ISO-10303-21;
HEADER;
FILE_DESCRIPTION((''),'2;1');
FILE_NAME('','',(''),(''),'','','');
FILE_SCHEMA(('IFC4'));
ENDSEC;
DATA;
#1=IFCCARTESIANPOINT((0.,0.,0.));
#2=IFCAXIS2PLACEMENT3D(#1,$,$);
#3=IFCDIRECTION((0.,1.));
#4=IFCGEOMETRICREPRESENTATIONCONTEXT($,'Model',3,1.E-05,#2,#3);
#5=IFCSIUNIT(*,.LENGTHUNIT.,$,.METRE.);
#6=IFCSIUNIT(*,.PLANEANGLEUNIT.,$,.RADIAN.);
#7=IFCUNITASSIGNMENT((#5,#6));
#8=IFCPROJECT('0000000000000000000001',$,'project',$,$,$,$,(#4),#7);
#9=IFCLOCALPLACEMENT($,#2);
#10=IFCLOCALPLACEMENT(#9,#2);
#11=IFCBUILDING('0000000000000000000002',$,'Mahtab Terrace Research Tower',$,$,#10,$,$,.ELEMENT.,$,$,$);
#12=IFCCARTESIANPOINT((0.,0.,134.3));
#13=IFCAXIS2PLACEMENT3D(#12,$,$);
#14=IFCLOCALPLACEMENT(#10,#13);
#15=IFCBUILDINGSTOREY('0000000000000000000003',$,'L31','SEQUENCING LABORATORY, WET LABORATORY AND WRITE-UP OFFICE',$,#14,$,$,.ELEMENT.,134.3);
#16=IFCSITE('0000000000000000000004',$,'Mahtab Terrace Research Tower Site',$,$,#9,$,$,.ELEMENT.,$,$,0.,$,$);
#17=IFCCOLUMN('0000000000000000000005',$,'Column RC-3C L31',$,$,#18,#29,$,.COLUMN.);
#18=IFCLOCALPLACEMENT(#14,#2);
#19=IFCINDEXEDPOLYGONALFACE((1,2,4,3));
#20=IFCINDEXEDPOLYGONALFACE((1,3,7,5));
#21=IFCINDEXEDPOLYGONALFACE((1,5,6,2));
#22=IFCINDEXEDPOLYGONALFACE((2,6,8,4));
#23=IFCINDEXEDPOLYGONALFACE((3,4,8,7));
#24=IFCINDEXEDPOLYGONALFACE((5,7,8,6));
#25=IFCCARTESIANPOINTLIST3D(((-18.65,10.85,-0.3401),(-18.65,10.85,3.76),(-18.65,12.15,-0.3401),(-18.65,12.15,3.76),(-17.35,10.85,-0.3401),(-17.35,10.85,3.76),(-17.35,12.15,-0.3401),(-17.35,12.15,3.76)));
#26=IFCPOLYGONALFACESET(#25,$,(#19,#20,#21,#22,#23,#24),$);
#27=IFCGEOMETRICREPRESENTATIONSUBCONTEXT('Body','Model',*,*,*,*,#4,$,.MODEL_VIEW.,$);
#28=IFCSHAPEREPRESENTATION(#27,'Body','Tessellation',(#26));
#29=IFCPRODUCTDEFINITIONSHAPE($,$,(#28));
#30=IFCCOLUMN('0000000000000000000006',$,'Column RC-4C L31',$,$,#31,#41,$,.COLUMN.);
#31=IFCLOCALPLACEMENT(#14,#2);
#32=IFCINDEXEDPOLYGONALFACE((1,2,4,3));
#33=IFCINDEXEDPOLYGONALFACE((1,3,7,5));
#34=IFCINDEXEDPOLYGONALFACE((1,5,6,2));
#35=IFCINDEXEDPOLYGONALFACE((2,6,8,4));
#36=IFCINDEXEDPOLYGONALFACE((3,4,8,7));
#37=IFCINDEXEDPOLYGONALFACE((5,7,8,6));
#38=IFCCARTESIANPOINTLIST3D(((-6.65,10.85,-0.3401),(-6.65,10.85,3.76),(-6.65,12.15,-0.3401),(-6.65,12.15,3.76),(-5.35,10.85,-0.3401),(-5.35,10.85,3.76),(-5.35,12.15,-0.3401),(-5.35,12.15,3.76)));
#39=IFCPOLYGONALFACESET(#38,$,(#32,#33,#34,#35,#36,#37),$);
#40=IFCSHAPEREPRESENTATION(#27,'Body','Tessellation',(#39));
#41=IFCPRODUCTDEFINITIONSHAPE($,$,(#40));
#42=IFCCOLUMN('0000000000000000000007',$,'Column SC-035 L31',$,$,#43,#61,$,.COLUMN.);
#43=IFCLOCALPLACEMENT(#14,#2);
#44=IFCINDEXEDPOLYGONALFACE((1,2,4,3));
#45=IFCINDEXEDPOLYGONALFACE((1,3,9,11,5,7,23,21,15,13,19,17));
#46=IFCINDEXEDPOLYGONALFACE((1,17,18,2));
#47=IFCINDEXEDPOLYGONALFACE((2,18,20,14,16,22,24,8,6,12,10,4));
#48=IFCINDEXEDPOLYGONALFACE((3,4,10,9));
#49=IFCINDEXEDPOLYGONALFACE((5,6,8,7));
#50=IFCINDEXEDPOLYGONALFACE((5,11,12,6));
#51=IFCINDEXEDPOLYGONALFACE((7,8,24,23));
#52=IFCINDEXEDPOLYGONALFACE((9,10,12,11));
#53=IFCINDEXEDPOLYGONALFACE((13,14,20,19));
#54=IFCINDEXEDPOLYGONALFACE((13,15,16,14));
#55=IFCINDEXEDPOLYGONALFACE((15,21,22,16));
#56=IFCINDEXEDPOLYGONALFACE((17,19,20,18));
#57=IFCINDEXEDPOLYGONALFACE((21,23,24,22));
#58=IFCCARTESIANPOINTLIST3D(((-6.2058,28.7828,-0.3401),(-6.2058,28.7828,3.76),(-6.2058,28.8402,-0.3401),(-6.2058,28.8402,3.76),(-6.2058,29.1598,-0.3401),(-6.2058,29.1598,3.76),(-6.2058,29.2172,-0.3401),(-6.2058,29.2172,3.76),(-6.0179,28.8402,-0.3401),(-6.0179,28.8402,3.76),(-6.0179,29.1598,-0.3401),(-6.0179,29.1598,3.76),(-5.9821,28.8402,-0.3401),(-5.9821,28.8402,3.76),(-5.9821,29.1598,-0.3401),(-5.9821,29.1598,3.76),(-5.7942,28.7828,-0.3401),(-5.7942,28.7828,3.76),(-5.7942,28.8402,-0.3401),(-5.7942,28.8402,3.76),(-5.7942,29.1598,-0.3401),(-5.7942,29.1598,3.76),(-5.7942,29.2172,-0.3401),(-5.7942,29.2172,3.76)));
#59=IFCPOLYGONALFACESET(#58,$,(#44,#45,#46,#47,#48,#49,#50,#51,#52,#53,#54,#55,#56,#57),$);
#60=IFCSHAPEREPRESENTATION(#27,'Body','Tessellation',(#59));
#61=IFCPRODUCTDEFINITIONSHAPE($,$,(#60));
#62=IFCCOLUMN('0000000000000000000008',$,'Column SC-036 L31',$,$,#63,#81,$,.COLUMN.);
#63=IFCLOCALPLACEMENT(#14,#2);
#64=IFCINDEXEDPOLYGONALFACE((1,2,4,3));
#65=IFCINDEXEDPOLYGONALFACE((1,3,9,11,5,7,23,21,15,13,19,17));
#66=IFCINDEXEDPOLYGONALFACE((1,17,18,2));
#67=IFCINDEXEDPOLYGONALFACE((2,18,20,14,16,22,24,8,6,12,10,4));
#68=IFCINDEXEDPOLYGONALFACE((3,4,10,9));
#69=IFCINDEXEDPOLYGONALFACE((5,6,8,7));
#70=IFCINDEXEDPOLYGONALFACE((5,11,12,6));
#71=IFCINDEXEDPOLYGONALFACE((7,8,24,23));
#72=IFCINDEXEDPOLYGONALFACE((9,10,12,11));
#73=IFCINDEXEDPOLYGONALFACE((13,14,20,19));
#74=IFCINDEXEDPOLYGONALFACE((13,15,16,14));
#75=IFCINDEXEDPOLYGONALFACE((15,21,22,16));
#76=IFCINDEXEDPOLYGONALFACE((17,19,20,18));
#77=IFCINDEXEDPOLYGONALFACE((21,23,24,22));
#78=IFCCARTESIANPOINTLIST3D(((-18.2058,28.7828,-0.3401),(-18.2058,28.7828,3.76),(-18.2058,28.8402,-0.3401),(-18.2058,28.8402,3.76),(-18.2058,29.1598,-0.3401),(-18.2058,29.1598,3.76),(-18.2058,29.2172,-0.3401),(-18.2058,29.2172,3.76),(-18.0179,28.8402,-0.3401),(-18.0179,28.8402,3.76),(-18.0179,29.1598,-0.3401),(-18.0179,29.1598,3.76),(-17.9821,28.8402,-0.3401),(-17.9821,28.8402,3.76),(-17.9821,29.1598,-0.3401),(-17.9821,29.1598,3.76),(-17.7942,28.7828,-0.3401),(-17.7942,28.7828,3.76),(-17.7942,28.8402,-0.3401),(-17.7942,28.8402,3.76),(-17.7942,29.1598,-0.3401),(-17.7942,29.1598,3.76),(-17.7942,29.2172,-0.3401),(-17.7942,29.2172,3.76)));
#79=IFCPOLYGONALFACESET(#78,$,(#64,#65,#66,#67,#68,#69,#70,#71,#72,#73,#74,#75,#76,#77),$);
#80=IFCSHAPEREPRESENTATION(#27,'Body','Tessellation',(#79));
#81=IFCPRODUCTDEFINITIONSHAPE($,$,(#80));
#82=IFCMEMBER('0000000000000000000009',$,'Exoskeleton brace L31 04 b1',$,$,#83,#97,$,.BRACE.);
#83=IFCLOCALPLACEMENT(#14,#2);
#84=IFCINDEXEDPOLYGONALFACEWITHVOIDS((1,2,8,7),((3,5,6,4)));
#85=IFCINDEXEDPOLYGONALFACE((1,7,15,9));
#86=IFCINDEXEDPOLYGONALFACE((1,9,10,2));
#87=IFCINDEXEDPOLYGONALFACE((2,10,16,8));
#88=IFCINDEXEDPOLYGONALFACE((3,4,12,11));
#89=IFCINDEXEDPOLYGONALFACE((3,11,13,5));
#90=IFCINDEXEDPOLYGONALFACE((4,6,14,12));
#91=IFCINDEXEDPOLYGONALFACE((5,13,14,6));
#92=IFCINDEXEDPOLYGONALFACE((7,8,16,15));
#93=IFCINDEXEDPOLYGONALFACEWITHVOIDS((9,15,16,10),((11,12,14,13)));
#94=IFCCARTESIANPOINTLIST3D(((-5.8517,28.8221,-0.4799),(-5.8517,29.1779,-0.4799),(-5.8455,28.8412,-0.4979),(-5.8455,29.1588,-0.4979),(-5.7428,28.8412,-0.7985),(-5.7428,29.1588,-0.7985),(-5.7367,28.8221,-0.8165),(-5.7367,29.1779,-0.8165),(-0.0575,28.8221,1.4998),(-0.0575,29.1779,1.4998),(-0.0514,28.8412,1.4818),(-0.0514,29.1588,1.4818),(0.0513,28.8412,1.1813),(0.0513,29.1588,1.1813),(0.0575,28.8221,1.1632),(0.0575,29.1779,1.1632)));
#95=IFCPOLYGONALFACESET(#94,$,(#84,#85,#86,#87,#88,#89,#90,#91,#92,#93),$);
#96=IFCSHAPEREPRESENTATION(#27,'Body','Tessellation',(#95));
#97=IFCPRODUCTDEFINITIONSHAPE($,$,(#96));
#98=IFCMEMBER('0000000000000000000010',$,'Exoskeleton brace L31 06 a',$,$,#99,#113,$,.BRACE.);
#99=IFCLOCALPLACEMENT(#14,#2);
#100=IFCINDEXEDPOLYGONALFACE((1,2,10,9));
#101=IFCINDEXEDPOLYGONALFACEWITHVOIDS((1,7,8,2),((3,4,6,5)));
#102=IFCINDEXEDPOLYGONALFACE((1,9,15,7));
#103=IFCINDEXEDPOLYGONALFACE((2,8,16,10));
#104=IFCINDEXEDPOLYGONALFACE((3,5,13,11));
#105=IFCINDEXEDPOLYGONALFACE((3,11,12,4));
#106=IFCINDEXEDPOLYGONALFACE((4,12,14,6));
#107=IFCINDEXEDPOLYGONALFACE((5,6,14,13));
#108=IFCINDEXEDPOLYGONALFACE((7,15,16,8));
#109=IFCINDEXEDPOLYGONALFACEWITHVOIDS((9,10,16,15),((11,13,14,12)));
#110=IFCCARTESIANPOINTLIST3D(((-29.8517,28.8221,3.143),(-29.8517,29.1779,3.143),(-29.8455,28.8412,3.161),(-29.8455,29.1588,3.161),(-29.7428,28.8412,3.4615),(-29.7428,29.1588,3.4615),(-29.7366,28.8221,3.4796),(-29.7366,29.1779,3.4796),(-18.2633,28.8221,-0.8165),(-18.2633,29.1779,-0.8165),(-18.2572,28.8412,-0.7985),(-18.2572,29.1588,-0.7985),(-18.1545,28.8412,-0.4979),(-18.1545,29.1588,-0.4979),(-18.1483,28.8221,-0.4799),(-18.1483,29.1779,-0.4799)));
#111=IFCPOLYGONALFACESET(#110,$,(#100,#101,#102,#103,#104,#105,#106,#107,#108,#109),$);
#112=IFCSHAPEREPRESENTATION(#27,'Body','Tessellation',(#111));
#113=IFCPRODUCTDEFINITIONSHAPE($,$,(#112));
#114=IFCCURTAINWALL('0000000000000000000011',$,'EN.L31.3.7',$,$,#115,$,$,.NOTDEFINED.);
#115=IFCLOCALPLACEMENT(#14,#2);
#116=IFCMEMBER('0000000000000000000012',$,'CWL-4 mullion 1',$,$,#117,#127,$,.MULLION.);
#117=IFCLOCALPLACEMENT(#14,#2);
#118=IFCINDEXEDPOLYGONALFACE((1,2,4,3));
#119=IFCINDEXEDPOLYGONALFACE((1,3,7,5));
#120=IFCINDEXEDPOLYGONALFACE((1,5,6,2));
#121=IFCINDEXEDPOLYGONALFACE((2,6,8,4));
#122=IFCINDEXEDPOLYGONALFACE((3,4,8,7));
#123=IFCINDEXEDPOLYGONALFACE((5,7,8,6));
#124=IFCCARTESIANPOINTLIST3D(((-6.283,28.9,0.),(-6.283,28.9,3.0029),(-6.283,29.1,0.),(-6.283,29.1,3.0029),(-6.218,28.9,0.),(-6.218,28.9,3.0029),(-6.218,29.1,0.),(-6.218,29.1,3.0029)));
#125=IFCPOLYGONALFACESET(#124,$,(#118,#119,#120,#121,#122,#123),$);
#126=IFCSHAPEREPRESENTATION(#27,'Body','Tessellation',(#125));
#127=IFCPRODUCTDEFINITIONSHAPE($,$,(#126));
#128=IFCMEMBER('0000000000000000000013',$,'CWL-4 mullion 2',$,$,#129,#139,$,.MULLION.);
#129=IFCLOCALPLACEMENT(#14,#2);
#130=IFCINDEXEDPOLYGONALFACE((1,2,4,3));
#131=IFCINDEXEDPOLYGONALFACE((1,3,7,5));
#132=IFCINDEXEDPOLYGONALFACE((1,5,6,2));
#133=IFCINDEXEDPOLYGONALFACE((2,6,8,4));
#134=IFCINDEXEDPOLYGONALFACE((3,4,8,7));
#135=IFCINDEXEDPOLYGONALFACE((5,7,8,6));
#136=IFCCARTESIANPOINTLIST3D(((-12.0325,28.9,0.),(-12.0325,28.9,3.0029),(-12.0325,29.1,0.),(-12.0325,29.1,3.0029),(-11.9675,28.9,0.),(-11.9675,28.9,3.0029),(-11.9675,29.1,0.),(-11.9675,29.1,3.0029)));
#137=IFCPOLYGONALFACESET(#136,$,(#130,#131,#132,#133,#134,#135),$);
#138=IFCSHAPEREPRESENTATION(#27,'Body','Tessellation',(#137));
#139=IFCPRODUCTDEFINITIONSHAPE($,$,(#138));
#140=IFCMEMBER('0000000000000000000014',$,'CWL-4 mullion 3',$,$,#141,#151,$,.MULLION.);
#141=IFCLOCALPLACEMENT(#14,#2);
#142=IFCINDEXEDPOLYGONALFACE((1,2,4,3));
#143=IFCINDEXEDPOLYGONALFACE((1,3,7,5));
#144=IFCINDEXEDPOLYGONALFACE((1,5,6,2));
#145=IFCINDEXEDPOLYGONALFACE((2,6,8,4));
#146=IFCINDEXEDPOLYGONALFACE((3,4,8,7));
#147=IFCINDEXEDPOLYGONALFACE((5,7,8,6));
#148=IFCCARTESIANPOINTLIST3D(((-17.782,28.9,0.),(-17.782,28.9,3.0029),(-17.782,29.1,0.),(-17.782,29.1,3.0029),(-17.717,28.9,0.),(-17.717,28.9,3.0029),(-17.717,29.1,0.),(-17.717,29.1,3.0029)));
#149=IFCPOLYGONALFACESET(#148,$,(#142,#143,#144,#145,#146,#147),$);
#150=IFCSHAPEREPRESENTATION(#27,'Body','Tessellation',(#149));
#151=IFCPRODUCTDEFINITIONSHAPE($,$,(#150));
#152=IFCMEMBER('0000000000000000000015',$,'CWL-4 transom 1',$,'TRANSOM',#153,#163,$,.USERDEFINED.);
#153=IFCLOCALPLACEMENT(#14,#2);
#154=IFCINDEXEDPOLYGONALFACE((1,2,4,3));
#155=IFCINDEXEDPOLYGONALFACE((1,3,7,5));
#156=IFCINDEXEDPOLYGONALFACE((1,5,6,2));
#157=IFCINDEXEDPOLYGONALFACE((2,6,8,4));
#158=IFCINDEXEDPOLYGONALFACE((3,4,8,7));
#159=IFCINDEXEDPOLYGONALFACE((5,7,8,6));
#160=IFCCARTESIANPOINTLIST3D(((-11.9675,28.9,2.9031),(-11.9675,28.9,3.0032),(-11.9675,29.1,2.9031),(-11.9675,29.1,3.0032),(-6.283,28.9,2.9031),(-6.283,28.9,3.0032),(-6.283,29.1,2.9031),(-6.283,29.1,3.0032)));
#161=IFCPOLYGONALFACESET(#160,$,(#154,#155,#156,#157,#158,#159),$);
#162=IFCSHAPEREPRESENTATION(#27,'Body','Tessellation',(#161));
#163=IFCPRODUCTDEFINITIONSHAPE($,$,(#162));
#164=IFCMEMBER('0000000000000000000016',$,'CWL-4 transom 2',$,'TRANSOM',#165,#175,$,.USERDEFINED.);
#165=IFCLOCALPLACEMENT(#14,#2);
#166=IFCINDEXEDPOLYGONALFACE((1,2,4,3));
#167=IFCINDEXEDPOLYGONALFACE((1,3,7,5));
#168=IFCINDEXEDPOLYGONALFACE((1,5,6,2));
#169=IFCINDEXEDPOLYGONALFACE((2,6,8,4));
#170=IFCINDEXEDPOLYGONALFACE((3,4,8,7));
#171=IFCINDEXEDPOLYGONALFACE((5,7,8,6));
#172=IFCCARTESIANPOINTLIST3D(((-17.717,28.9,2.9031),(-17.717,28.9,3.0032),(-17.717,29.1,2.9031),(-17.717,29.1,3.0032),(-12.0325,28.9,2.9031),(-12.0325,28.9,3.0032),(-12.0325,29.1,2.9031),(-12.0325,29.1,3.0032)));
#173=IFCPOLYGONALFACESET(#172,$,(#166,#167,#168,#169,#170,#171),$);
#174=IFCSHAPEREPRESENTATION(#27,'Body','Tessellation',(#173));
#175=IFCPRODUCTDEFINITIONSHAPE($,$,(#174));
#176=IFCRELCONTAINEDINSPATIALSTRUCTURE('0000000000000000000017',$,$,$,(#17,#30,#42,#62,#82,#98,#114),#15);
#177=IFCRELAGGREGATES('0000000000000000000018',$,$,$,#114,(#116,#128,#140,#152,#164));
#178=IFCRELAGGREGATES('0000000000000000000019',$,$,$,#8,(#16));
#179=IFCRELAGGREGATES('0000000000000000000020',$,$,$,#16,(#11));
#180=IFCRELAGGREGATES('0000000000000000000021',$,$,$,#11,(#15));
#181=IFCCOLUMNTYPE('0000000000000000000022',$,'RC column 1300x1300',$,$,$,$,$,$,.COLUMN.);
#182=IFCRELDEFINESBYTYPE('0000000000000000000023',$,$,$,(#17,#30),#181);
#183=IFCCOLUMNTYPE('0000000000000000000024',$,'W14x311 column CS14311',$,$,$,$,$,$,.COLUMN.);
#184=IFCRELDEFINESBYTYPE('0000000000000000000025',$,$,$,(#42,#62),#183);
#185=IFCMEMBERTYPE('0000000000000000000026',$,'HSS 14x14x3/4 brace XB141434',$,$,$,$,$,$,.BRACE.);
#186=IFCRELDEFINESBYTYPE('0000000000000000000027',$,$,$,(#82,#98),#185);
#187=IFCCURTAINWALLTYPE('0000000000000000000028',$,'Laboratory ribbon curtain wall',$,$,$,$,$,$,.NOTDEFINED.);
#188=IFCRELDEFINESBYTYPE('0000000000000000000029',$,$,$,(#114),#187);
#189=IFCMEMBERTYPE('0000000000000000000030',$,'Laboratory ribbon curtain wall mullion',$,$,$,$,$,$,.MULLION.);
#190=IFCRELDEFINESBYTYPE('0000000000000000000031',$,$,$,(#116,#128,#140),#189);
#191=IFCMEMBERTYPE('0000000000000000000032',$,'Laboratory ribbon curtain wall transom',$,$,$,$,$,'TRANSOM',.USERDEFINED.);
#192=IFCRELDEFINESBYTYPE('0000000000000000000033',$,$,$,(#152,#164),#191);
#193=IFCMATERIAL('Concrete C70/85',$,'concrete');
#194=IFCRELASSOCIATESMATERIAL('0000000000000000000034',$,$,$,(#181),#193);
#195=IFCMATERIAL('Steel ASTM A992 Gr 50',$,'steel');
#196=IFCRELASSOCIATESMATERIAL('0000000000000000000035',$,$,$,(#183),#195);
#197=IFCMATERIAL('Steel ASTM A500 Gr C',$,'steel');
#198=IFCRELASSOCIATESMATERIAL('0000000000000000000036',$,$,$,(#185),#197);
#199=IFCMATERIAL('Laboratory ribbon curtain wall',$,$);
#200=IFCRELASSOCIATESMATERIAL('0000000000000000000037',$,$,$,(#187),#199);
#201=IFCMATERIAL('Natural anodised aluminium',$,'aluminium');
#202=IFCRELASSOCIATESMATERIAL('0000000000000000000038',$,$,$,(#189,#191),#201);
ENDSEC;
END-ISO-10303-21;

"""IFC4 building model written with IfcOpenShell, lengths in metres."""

from ifc_helpers import new_model, si_unit, direction, frame, origin, origin_2d, place, context, subcontext, project, spatial, rectangle, hollow_rectangle, i_section, extrude, material, material_profile, profile_set, type_object, element, aggregate, save


model = new_model("IFC4")

# Units and contexts
model_context = context("Model", 3, precision=1e-05, world=origin(), true_north=direction((0.0, 1.0)))
body_context = subcontext(model_context, "Body", "Model", "MODEL_VIEW")
ifc_project = project(units=[si_unit("LENGTHUNIT", "METRE"), si_unit("PLANEANGLEUNIT", "RADIAN")], contexts=[model_context])

# Site, building, storey
site_placement = place(None, origin())
site = spatial("IfcSite", under=ifc_project, at=site_placement, Name="Mahtab Terrace Research Tower Site", CompositionType="ELEMENT", RefElevation=0.0)
building_placement = place(site_placement, origin())
building = spatial("IfcBuilding", under=site, at=building_placement, Name="Mahtab Terrace Research Tower", CompositionType="ELEMENT")
storey_placement = place(building_placement, frame((0.0, 0.0, 134.3)))
storey = spatial("IfcBuildingStorey", under=building, at=storey_placement, Name="L31", Description="SEQUENCING LABORATORY, WET LABORATORY AND WRITE-UP OFFICE", CompositionType="ELEMENT", Elevation=134.3)

# Columns
ifc_material_1 = material(Name="Concrete C70/85", Category="concrete")
ifc_material_profile_1 = material_profile(ifc_material_1, rectangle(XDim=1.3, YDim=1.3, at=origin_2d()), Name="RC column 1300x1300")
ifc_profile_set_1 = profile_set([ifc_material_profile_1], Name="Concrete C70/85")
column_type_1 = type_object("IfcColumnType", Name="RC column 1300x1300", PredefinedType="COLUMN", material=ifc_profile_set_1)
for number, where, z_axis, x_axis, name in (
    (1, (-18.0, 11.5, -0.3401), (0.0, 0.0, 1.0), (1.0, 0.0, 0.0), "Column RC-3C L31"),
    (2, (-6.0, 11.5, -0.3401), (0.0, 0.0, 1.0), (1.0, 0.0, 0.0), "Column RC-4C L31"),
):
    element("IfcColumn", number, at=place(storey_placement, frame(where, z_axis=z_axis, x_axis=x_axis)), inside=storey, type_object=column_type_1, Name=name, PredefinedType="COLUMN", context=body_context, shape_type="SweptSolid", body=[
        extrude(rectangle(XDim=1.3, YDim=1.3, at=origin_2d()), origin(), (0.0, 0.0, 1.0), 4.1001),
    ])
ifc_material_2 = material(Name="Steel ASTM A992 Gr 50", Category="steel")
ifc_material_profile_2 = material_profile(ifc_material_2, i_section(OverallWidth=0.4116, OverallDepth=0.4343, WebThickness=0.0359, FlangeThickness=0.0574, at=origin_2d()), Name="W14X311")
ifc_profile_set_2 = profile_set([ifc_material_profile_2], Name="Steel ASTM A992 Gr 50")
column_type_2 = type_object("IfcColumnType", Name="W14x311 column CS14311", PredefinedType="COLUMN", material=ifc_profile_set_2)
for number, where, z_axis, x_axis, name in (
    (3, (-6.0, 29.0, -0.3401), (0.0, 0.0, 1.0), (1.0, 0.0, 0.0), "Column SC-035 L31"),
    (4, (-18.0, 29.0, -0.3401), (0.0, 0.0, 1.0), (1.0, 0.0, 0.0), "Column SC-036 L31"),
):
    element("IfcColumn", number, at=place(storey_placement, frame(where, z_axis=z_axis, x_axis=x_axis)), inside=storey, type_object=column_type_2, Name=name, PredefinedType="COLUMN", context=body_context, shape_type="SweptSolid", body=[
        extrude(i_section(OverallWidth=0.4116, OverallDepth=0.4343, WebThickness=0.0359, FlangeThickness=0.0574, at=origin_2d()), origin(), (0.0, 0.0, 1.0), 4.1001),
    ])

# Members
ifc_material_3 = material(Name="Steel ASTM A500 Gr C", Category="steel")
ifc_material_profile_3 = material_profile(ifc_material_3, hollow_rectangle(XDim=0.3557, YDim=0.3557, WallThickness=0.019, at=origin_2d()), Name="HSS14X14X3/4")
ifc_profile_set_3 = profile_set([ifc_material_profile_3], Name="Steel ASTM A500 Gr C")
member_type_1 = type_object("IfcMemberType", Name="HSS 14x14x3/4 brace XB141434", PredefinedType="BRACE", material=ifc_profile_set_3)
member_1_placement = place(storey_placement, frame((-5.7942, 29.0, -0.6482), z_axis=(0.946288, 0.0, 0.323324), x_axis=(0.0, 1.0, 0.0)))
element("IfcMember", 5, at=member_1_placement, inside=storey, type_object=member_type_1, Name="Exoskeleton brace L31 04 b1", PredefinedType="BRACE", context=body_context, shape_type="SweptSolid", body=[
    extrude(hollow_rectangle(XDim=0.3557, YDim=0.3557, WallThickness=0.019, at=origin_2d()), origin(), (0.0, 0.0, 1.0), 6.123),
])
member_2_placement = place(storey_placement, frame((-18.2058, 29.0, -0.6482), z_axis=(-0.946288, 0.0, 0.323324), x_axis=(0.0, -1.0, 0.0)))
element("IfcMember", 6, at=member_2_placement, inside=storey, type_object=member_type_1, Name="Exoskeleton brace L31 06 a", PredefinedType="BRACE", context=body_context, shape_type="SweptSolid", body=[
    extrude(hollow_rectangle(XDim=0.3557, YDim=0.3557, WallThickness=0.019, at=origin_2d()), origin(), (0.0, 0.0, 1.0), 12.2461),
])

# Curtain wall, members
ifc_material_4 = material(Name="Laboratory ribbon curtain wall")
curtain_wall_type = type_object("IfcCurtainWallType", Name="Laboratory ribbon curtain wall", PredefinedType="NOTDEFINED", material=ifc_material_4)
curtain_wall_placement = place(storey_placement, origin())
curtain_wall = element("IfcCurtainWall", 7, at=curtain_wall_placement, inside=storey, type_object=curtain_wall_type, Name="EN.L31.3.7", PredefinedType="NOTDEFINED")
ifc_material_5 = material(Name="Natural anodised aluminium", Category="aluminium")
ifc_material_profile_4 = material_profile(ifc_material_5, rectangle(XDim=0.2, YDim=0.0649, at=origin_2d()), Name="MULLION 65x200")
ifc_profile_set_4 = profile_set([ifc_material_profile_4], Name="Natural anodised aluminium")
member_type_2 = type_object("IfcMemberType", Name="Laboratory ribbon curtain wall mullion", PredefinedType="MULLION", material=ifc_profile_set_4)
member_3_placement = place(storey_placement, frame((-6.2505, 29.0, 0.0), z_axis=(0.0, 0.0, 1.0), x_axis=(0.0, -1.0, 0.0)))
member_3 = element("IfcMember", 8, at=member_3_placement, type_object=member_type_2, Name="CWL-4 mullion 1", PredefinedType="MULLION", context=body_context, shape_type="SweptSolid", body=[
    extrude(rectangle(XDim=0.2, YDim=0.0649, at=origin_2d()), origin(), (0.0, 0.0, 1.0), 3.0029),
])
member_4_placement = place(storey_placement, frame((-12.0, 29.0, 0.0), z_axis=(0.0, 0.0, 1.0), x_axis=(0.0, -1.0, 0.0)))
member_4 = element("IfcMember", 9, at=member_4_placement, type_object=member_type_2, Name="CWL-4 mullion 2", PredefinedType="MULLION", context=body_context, shape_type="SweptSolid", body=[
    extrude(rectangle(XDim=0.2, YDim=0.0649, at=origin_2d()), origin(), (0.0, 0.0, 1.0), 3.0029),
])
member_5_placement = place(storey_placement, frame((-17.7495, 29.0, 0.0), z_axis=(0.0, 0.0, 1.0), x_axis=(0.0, -1.0, 0.0)))
member_5 = element("IfcMember", 10, at=member_5_placement, type_object=member_type_2, Name="CWL-4 mullion 3", PredefinedType="MULLION", context=body_context, shape_type="SweptSolid", body=[
    extrude(rectangle(XDim=0.2, YDim=0.0649, at=origin_2d()), origin(), (0.0, 0.0, 1.0), 3.0029),
])
ifc_material_profile_5 = material_profile(ifc_material_5, rectangle(XDim=0.2, YDim=0.1001, at=origin_2d()), Name="TRANSOM 100x200")
ifc_profile_set_5 = profile_set([ifc_material_profile_5], Name="Natural anodised aluminium")
member_type_3 = type_object("IfcMemberType", Name="Laboratory ribbon curtain wall transom", ElementType="TRANSOM", PredefinedType="USERDEFINED", material=ifc_profile_set_5)
member_6_placement = place(storey_placement, frame((-6.283, 29.0, 2.9531), z_axis=(-1.0, 0.0, 0.0), x_axis=(0.0, -1.0, 0.0)))
member_6 = element("IfcMember", 11, at=member_6_placement, type_object=member_type_3, Name="CWL-4 transom 1", ObjectType="TRANSOM", PredefinedType="USERDEFINED", context=body_context, shape_type="SweptSolid", body=[
    extrude(rectangle(XDim=0.2, YDim=0.1001, at=origin_2d()), origin(), (0.0, 0.0, 1.0), 5.6846),
])
member_7_placement = place(storey_placement, frame((-12.0325, 29.0, 2.9531), z_axis=(-1.0, 0.0, 0.0), x_axis=(0.0, -1.0, 0.0)))
member_7 = element("IfcMember", 12, at=member_7_placement, type_object=member_type_3, Name="CWL-4 transom 2", ObjectType="TRANSOM", PredefinedType="USERDEFINED", context=body_context, shape_type="SweptSolid", body=[
    extrude(rectangle(XDim=0.2, YDim=0.1001, at=origin_2d()), origin(), (0.0, 0.0, 1.0), 5.6846),
])

aggregate(curtain_wall, [member_3, member_4, member_5, member_6, member_7])

save(model, "model.ifc")
